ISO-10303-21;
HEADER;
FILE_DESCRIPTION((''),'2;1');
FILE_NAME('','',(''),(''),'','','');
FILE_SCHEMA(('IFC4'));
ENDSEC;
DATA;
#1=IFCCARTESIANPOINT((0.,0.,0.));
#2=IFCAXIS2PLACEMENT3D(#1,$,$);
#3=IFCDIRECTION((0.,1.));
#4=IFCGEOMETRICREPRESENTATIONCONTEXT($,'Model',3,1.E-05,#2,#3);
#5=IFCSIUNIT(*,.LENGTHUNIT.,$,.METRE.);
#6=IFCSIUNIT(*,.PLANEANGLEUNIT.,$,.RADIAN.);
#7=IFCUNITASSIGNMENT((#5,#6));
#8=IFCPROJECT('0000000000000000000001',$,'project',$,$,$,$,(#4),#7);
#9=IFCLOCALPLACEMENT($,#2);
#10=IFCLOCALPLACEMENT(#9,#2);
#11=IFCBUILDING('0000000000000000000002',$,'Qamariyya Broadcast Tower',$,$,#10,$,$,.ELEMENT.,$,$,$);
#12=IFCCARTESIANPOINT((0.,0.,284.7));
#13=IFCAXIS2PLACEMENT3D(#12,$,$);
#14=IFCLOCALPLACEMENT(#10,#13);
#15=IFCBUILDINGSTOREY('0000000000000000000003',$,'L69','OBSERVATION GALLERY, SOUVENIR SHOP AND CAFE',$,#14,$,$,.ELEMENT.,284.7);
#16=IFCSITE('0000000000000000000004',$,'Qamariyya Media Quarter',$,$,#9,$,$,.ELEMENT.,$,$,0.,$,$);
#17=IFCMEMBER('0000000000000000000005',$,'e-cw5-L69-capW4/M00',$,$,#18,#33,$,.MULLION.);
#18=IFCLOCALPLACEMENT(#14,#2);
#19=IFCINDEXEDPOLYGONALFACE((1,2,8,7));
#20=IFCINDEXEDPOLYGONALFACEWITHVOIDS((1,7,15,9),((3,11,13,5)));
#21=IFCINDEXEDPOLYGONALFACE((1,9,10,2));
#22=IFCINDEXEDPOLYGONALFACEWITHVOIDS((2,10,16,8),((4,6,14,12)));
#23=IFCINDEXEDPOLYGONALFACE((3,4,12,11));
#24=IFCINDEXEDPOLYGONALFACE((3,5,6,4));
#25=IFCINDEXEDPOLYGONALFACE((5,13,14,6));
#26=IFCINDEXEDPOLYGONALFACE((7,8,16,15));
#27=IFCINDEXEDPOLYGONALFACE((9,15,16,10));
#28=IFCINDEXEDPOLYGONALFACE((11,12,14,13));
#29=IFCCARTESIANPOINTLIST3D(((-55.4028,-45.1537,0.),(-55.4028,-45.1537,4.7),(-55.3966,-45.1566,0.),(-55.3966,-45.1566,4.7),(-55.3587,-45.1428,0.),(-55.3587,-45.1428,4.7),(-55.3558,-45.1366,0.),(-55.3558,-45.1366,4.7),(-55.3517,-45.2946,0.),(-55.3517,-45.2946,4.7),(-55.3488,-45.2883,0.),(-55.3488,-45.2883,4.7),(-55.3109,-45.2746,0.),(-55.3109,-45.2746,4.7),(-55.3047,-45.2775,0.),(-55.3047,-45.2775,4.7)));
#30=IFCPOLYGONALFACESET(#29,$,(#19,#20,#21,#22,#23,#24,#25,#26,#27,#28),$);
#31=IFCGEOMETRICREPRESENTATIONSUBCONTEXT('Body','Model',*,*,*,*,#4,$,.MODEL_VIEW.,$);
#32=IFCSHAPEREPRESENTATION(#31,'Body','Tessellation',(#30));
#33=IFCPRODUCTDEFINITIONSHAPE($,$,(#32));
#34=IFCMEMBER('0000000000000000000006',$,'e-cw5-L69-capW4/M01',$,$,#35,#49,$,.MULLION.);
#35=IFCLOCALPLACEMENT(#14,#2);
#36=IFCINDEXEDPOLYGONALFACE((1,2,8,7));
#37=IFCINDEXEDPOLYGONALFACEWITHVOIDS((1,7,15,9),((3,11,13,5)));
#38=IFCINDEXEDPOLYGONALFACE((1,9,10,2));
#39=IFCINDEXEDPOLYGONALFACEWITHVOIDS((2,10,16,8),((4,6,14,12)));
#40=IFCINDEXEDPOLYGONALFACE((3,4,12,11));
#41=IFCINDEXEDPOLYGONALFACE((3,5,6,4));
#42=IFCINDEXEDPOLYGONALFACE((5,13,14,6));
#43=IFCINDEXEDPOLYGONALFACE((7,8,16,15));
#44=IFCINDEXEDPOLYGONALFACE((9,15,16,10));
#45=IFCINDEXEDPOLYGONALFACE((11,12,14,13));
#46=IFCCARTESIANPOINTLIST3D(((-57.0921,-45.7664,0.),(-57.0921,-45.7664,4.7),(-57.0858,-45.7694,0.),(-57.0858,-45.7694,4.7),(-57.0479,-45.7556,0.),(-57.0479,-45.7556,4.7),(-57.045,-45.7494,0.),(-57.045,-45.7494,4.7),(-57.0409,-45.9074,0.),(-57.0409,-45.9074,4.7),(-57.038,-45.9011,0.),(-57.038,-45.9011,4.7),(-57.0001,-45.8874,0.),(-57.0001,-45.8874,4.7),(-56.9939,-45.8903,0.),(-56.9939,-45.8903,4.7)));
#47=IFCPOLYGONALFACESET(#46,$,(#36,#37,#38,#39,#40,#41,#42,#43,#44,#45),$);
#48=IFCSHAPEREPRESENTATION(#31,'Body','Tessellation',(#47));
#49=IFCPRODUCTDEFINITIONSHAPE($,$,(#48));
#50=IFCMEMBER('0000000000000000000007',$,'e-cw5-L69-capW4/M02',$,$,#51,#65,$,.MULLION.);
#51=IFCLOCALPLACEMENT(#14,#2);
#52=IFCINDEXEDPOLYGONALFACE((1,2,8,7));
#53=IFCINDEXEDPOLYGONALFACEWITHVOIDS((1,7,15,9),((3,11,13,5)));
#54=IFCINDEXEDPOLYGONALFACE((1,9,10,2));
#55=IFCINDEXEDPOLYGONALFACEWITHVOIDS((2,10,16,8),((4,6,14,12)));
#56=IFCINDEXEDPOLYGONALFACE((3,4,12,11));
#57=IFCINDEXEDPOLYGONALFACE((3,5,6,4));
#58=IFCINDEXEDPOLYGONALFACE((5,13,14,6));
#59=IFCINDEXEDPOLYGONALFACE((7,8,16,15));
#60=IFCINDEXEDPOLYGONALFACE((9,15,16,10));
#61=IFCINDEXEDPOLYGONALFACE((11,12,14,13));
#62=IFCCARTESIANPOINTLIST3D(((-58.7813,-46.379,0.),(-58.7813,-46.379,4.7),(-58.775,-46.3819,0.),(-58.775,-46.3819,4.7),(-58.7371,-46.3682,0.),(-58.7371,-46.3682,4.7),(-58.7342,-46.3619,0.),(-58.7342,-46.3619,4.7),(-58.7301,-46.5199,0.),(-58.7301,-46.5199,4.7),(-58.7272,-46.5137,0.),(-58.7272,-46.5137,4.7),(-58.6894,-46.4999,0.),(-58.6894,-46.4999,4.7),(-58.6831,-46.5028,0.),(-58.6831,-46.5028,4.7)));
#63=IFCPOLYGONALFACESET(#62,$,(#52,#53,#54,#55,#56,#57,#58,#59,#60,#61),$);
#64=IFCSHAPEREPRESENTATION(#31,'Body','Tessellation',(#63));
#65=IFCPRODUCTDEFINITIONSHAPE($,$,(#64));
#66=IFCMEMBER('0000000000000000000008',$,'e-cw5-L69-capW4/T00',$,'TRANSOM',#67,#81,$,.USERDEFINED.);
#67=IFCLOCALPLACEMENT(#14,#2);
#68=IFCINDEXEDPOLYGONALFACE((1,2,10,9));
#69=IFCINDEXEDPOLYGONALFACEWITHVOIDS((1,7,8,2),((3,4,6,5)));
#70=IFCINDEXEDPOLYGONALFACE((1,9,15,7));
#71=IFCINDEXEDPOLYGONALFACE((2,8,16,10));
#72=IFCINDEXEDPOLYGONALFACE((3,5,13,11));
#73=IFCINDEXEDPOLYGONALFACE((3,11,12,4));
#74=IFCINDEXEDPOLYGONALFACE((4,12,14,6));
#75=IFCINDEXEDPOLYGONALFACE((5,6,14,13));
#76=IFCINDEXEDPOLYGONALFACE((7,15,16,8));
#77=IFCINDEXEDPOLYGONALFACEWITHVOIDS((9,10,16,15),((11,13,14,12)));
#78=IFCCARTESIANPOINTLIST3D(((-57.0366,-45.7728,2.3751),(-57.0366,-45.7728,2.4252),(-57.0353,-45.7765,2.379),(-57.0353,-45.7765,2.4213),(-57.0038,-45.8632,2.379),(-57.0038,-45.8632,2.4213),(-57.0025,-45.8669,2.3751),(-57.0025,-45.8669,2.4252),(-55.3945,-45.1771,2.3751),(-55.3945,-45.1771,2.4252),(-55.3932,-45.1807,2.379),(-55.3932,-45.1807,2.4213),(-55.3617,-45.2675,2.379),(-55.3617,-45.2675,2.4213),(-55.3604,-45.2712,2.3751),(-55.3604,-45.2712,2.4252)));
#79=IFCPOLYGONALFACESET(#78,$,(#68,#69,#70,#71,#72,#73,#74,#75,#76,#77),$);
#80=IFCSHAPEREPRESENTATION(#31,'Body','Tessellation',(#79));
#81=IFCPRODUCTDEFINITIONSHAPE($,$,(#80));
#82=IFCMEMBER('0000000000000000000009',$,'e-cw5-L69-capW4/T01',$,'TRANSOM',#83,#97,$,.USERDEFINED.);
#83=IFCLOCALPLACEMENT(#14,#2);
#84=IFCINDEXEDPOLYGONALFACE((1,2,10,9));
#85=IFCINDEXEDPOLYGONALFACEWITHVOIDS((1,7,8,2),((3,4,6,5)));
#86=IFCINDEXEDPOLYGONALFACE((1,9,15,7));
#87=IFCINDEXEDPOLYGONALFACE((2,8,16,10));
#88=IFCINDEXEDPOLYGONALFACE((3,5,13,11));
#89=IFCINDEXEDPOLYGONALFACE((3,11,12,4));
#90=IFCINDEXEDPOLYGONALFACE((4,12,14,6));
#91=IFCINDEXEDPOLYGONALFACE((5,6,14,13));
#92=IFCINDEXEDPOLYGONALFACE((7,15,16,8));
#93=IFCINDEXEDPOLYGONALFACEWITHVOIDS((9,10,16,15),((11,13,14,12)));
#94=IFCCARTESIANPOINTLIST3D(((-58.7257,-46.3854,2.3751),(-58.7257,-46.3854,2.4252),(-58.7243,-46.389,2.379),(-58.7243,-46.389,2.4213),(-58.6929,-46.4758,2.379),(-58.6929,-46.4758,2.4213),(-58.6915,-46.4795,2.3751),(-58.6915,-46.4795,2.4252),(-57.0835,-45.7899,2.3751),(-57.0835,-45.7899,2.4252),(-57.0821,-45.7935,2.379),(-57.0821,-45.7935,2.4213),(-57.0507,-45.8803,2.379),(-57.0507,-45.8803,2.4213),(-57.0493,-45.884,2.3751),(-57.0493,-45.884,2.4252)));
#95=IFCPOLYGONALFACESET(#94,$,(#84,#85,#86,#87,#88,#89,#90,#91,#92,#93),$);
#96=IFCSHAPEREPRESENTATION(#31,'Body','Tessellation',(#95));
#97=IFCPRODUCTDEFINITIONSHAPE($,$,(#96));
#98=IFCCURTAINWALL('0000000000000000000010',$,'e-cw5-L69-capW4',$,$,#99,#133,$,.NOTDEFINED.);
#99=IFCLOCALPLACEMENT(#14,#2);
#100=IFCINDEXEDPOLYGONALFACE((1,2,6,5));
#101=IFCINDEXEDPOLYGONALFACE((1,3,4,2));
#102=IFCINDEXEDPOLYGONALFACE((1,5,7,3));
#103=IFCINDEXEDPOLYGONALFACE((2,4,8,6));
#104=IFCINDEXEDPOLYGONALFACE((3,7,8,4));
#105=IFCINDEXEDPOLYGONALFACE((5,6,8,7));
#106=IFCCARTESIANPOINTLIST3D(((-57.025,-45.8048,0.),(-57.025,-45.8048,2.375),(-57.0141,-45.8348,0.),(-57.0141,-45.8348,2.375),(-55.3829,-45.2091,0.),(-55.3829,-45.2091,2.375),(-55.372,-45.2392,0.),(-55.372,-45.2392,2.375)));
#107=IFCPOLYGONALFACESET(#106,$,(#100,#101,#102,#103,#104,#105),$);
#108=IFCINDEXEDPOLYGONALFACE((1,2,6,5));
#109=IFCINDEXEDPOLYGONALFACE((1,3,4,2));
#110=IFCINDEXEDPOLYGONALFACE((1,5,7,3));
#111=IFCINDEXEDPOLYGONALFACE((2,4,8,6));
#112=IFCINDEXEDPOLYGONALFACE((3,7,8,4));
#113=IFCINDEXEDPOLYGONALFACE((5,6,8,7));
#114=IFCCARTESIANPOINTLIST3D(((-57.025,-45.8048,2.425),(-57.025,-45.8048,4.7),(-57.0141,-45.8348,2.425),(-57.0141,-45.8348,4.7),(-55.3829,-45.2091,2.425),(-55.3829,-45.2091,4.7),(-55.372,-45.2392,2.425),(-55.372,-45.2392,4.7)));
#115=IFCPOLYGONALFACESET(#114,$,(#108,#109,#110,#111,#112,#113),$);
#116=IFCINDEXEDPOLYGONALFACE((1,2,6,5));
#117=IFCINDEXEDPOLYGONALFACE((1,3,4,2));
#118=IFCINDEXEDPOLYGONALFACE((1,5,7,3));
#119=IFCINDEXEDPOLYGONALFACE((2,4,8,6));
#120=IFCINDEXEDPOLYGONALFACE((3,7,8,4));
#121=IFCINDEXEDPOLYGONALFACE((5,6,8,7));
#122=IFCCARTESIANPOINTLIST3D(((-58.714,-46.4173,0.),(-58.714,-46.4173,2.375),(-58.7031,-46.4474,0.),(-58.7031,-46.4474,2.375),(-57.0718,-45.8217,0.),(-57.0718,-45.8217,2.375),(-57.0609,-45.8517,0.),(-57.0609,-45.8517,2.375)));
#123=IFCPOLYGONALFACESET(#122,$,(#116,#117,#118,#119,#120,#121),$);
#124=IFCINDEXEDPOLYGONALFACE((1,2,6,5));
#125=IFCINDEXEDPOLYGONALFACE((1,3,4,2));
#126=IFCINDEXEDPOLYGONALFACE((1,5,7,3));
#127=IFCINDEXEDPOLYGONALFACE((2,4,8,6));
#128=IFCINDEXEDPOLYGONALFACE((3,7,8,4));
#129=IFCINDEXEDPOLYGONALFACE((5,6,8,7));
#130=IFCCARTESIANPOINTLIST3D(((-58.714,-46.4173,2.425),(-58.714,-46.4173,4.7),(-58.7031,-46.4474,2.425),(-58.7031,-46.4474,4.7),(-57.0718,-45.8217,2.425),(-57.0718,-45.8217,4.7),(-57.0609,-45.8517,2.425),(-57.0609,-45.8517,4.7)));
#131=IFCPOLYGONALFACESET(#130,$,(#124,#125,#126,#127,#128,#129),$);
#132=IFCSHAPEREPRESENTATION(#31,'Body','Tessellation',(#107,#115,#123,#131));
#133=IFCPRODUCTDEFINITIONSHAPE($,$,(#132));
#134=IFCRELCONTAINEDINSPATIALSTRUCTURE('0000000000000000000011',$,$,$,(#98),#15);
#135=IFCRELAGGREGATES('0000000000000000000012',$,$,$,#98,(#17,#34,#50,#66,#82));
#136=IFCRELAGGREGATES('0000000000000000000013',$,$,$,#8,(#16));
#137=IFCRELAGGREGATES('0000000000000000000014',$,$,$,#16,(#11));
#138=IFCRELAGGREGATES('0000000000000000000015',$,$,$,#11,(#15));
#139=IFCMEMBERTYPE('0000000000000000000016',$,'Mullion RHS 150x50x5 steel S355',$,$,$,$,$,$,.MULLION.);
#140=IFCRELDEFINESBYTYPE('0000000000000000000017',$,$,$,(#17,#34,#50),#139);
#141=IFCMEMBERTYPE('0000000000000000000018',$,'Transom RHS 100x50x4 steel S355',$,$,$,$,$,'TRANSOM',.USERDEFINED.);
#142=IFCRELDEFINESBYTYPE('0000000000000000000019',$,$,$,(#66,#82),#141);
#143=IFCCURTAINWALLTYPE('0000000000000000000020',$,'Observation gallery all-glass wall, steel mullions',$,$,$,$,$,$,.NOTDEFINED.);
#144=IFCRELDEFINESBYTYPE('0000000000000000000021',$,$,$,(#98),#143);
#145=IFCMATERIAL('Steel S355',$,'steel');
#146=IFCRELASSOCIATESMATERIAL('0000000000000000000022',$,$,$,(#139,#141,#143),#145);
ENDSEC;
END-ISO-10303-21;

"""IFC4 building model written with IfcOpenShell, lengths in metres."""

from ifc_helpers import new_model, si_unit, direction, frame, origin, origin_2d, place, context, subcontext, project, spatial, rectangle, hollow_rectangle, extrude, material, material_profile, profile_set, type_object, element, aggregate, save


model = new_model("IFC4")

# Units and contexts
model_context = context("Model", 3, precision=1e-05, world=origin(), true_north=direction((0.0, 1.0)))
body_context = subcontext(model_context, "Body", "Model", "MODEL_VIEW")
ifc_project = project(units=[si_unit("LENGTHUNIT", "METRE"), si_unit("PLANEANGLEUNIT", "RADIAN")], contexts=[model_context])

# Members
ifc_material = material(Name="Steel S355", Category="steel")
ifc_material_profile_1 = material_profile(ifc_material, hollow_rectangle(XDim=0.1499, YDim=0.05, WallThickness=0.0049, at=origin_2d()))
ifc_profile_set_1 = profile_set([ifc_material_profile_1], Name="Steel S355")
member_type_1 = type_object("IfcMemberType", Name="Mullion RHS 150x50x5 steel S355", PredefinedType="MULLION", material=ifc_profile_set_1)
site_placement = place(None, origin())
building_placement = place(site_placement, origin())
storey_placement = place(building_placement, frame((0.0, 0.0, 284.7)))
member_1_placement = place(storey_placement, frame((-55.3538, -45.2156, 0.0), z_axis=(0.0, 0.0, 1.0), x_axis=(0.340993, -0.940066, 0.0)))
member_1 = element("IfcMember", 1, at=member_1_placement, type_object=member_type_1, Name="e-cw5-L69-capW4/M00", PredefinedType="MULLION", context=body_context, shape_type="SweptSolid", body=[
    extrude(hollow_rectangle(XDim=0.1499, YDim=0.05, WallThickness=0.0049, at=origin_2d()), origin(), (0.0, 0.0, 1.0), 4.7),
])
member_2_placement = place(storey_placement, frame((-57.043, -45.8284, 0.0), z_axis=(0.0, 0.0, 1.0), x_axis=(0.340993, -0.940066, 0.0)))
member_2 = element("IfcMember", 2, at=member_2_placement, type_object=member_type_1, Name="e-cw5-L69-capW4/M01", PredefinedType="MULLION", context=body_context, shape_type="SweptSolid", body=[
    extrude(hollow_rectangle(XDim=0.1499, YDim=0.05, WallThickness=0.0049, at=origin_2d()), origin(), (0.0, 0.0, 1.0), 4.7),
])
member_3_placement = place(storey_placement, frame((-58.7322, -46.4409, 0.0), z_axis=(0.0, 0.0, 1.0), x_axis=(0.340993, -0.940066, 0.0)))
member_3 = element("IfcMember", 3, at=member_3_placement, type_object=member_type_1, Name="e-cw5-L69-capW4/M02", PredefinedType="MULLION", context=body_context, shape_type="SweptSolid", body=[
    extrude(hollow_rectangle(XDim=0.1499, YDim=0.05, WallThickness=0.0049, at=origin_2d()), origin(), (0.0, 0.0, 1.0), 4.7),
])
ifc_material_profile_2 = material_profile(ifc_material, hollow_rectangle(XDim=0.1001, YDim=0.05, WallThickness=0.0039, at=origin_2d()))
ifc_profile_set_2 = profile_set([ifc_material_profile_2], Name="Steel S355")
member_type_2 = type_object("IfcMemberType", Name="Transom RHS 100x50x4 steel S355", ElementType="TRANSOM", PredefinedType="USERDEFINED", material=ifc_profile_set_2)
member_4_placement = place(storey_placement, frame((-55.3774, -45.2241, 2.4001), z_axis=(-0.940054, -0.341025, 0.0), x_axis=(0.341025, -0.940054, 0.0)))
member_4 = element("IfcMember", 4, at=member_4_placement, type_object=member_type_2, Name="e-cw5-L69-capW4/T00", ObjectType="TRANSOM", PredefinedType="USERDEFINED", context=body_context, shape_type="SweptSolid", body=[
    extrude(hollow_rectangle(XDim=0.1001, YDim=0.05, WallThickness=0.0039, at=origin_2d()), origin(), (0.0, 0.0, 1.0), 1.7468),
])
member_5_placement = place(storey_placement, frame((-57.0664, -45.8369, 2.4001), z_axis=(-0.940099, -0.340901, 0.0), x_axis=(0.340901, -0.940099, 0.0)))
member_5 = element("IfcMember", 5, at=member_5_placement, type_object=member_type_2, Name="e-cw5-L69-capW4/T01", ObjectType="TRANSOM", PredefinedType="USERDEFINED", context=body_context, shape_type="SweptSolid", body=[
    extrude(hollow_rectangle(XDim=0.1001, YDim=0.05, WallThickness=0.0039, at=origin_2d()), origin(), (0.0, 0.0, 1.0), 1.7468),
])

# Site, building, storey
site = spatial("IfcSite", under=ifc_project, at=site_placement, Name="Qamariyya Media Quarter", CompositionType="ELEMENT", RefElevation=0.0)
building = spatial("IfcBuilding", under=site, at=building_placement, Name="Qamariyya Broadcast Tower", CompositionType="ELEMENT")
storey = spatial("IfcBuildingStorey", under=building, at=storey_placement, Name="L69", Description="OBSERVATION GALLERY, SOUVENIR SHOP AND CAFE", CompositionType="ELEMENT", Elevation=284.7)

# Curtain wall
curtain_wall_type = type_object("IfcCurtainWallType", Name="Observation gallery all-glass wall, steel mullions", PredefinedType="NOTDEFINED", material=ifc_material)
curtain_wall_1_placement = place(storey_placement, origin())
curtain_wall_1 = element("IfcCurtainWall", 6, at=curtain_wall_1_placement, inside=storey, type_object=curtain_wall_type, Name="e-cw5-L69-capW4", PredefinedType="NOTDEFINED", context=body_context, shape_type="SweptSolid", body=[
    extrude(rectangle(XDim=1.7468, YDim=0.032, at=origin_2d()), frame((-56.1985, -45.522, 0.0), x_axis=(-0.940069, -0.340984, 0.0)), (0.0, 0.0, 1.0), 2.375),
    extrude(rectangle(XDim=1.7468, YDim=0.032, at=origin_2d()), frame((-56.1985, -45.522, 2.425), x_axis=(-0.940069, -0.340984, 0.0)), (0.0, 0.0, 1.0), 2.2749),
    extrude(rectangle(XDim=1.7468, YDim=0.032, at=origin_2d()), frame((-57.8875, -46.1345, 0.0), x_axis=(-0.940069, -0.340984, 0.0)), (0.0, 0.0, 1.0), 2.375),
    extrude(rectangle(XDim=1.7468, YDim=0.032, at=origin_2d()), frame((-57.8875, -46.1345, 2.425), x_axis=(-0.940069, -0.340984, 0.0)), (0.0, 0.0, 1.0), 2.2749),
])
aggregate(curtain_wall_1, [member_1, member_2, member_3, member_4, member_5])

save(model, "model.ifc")
